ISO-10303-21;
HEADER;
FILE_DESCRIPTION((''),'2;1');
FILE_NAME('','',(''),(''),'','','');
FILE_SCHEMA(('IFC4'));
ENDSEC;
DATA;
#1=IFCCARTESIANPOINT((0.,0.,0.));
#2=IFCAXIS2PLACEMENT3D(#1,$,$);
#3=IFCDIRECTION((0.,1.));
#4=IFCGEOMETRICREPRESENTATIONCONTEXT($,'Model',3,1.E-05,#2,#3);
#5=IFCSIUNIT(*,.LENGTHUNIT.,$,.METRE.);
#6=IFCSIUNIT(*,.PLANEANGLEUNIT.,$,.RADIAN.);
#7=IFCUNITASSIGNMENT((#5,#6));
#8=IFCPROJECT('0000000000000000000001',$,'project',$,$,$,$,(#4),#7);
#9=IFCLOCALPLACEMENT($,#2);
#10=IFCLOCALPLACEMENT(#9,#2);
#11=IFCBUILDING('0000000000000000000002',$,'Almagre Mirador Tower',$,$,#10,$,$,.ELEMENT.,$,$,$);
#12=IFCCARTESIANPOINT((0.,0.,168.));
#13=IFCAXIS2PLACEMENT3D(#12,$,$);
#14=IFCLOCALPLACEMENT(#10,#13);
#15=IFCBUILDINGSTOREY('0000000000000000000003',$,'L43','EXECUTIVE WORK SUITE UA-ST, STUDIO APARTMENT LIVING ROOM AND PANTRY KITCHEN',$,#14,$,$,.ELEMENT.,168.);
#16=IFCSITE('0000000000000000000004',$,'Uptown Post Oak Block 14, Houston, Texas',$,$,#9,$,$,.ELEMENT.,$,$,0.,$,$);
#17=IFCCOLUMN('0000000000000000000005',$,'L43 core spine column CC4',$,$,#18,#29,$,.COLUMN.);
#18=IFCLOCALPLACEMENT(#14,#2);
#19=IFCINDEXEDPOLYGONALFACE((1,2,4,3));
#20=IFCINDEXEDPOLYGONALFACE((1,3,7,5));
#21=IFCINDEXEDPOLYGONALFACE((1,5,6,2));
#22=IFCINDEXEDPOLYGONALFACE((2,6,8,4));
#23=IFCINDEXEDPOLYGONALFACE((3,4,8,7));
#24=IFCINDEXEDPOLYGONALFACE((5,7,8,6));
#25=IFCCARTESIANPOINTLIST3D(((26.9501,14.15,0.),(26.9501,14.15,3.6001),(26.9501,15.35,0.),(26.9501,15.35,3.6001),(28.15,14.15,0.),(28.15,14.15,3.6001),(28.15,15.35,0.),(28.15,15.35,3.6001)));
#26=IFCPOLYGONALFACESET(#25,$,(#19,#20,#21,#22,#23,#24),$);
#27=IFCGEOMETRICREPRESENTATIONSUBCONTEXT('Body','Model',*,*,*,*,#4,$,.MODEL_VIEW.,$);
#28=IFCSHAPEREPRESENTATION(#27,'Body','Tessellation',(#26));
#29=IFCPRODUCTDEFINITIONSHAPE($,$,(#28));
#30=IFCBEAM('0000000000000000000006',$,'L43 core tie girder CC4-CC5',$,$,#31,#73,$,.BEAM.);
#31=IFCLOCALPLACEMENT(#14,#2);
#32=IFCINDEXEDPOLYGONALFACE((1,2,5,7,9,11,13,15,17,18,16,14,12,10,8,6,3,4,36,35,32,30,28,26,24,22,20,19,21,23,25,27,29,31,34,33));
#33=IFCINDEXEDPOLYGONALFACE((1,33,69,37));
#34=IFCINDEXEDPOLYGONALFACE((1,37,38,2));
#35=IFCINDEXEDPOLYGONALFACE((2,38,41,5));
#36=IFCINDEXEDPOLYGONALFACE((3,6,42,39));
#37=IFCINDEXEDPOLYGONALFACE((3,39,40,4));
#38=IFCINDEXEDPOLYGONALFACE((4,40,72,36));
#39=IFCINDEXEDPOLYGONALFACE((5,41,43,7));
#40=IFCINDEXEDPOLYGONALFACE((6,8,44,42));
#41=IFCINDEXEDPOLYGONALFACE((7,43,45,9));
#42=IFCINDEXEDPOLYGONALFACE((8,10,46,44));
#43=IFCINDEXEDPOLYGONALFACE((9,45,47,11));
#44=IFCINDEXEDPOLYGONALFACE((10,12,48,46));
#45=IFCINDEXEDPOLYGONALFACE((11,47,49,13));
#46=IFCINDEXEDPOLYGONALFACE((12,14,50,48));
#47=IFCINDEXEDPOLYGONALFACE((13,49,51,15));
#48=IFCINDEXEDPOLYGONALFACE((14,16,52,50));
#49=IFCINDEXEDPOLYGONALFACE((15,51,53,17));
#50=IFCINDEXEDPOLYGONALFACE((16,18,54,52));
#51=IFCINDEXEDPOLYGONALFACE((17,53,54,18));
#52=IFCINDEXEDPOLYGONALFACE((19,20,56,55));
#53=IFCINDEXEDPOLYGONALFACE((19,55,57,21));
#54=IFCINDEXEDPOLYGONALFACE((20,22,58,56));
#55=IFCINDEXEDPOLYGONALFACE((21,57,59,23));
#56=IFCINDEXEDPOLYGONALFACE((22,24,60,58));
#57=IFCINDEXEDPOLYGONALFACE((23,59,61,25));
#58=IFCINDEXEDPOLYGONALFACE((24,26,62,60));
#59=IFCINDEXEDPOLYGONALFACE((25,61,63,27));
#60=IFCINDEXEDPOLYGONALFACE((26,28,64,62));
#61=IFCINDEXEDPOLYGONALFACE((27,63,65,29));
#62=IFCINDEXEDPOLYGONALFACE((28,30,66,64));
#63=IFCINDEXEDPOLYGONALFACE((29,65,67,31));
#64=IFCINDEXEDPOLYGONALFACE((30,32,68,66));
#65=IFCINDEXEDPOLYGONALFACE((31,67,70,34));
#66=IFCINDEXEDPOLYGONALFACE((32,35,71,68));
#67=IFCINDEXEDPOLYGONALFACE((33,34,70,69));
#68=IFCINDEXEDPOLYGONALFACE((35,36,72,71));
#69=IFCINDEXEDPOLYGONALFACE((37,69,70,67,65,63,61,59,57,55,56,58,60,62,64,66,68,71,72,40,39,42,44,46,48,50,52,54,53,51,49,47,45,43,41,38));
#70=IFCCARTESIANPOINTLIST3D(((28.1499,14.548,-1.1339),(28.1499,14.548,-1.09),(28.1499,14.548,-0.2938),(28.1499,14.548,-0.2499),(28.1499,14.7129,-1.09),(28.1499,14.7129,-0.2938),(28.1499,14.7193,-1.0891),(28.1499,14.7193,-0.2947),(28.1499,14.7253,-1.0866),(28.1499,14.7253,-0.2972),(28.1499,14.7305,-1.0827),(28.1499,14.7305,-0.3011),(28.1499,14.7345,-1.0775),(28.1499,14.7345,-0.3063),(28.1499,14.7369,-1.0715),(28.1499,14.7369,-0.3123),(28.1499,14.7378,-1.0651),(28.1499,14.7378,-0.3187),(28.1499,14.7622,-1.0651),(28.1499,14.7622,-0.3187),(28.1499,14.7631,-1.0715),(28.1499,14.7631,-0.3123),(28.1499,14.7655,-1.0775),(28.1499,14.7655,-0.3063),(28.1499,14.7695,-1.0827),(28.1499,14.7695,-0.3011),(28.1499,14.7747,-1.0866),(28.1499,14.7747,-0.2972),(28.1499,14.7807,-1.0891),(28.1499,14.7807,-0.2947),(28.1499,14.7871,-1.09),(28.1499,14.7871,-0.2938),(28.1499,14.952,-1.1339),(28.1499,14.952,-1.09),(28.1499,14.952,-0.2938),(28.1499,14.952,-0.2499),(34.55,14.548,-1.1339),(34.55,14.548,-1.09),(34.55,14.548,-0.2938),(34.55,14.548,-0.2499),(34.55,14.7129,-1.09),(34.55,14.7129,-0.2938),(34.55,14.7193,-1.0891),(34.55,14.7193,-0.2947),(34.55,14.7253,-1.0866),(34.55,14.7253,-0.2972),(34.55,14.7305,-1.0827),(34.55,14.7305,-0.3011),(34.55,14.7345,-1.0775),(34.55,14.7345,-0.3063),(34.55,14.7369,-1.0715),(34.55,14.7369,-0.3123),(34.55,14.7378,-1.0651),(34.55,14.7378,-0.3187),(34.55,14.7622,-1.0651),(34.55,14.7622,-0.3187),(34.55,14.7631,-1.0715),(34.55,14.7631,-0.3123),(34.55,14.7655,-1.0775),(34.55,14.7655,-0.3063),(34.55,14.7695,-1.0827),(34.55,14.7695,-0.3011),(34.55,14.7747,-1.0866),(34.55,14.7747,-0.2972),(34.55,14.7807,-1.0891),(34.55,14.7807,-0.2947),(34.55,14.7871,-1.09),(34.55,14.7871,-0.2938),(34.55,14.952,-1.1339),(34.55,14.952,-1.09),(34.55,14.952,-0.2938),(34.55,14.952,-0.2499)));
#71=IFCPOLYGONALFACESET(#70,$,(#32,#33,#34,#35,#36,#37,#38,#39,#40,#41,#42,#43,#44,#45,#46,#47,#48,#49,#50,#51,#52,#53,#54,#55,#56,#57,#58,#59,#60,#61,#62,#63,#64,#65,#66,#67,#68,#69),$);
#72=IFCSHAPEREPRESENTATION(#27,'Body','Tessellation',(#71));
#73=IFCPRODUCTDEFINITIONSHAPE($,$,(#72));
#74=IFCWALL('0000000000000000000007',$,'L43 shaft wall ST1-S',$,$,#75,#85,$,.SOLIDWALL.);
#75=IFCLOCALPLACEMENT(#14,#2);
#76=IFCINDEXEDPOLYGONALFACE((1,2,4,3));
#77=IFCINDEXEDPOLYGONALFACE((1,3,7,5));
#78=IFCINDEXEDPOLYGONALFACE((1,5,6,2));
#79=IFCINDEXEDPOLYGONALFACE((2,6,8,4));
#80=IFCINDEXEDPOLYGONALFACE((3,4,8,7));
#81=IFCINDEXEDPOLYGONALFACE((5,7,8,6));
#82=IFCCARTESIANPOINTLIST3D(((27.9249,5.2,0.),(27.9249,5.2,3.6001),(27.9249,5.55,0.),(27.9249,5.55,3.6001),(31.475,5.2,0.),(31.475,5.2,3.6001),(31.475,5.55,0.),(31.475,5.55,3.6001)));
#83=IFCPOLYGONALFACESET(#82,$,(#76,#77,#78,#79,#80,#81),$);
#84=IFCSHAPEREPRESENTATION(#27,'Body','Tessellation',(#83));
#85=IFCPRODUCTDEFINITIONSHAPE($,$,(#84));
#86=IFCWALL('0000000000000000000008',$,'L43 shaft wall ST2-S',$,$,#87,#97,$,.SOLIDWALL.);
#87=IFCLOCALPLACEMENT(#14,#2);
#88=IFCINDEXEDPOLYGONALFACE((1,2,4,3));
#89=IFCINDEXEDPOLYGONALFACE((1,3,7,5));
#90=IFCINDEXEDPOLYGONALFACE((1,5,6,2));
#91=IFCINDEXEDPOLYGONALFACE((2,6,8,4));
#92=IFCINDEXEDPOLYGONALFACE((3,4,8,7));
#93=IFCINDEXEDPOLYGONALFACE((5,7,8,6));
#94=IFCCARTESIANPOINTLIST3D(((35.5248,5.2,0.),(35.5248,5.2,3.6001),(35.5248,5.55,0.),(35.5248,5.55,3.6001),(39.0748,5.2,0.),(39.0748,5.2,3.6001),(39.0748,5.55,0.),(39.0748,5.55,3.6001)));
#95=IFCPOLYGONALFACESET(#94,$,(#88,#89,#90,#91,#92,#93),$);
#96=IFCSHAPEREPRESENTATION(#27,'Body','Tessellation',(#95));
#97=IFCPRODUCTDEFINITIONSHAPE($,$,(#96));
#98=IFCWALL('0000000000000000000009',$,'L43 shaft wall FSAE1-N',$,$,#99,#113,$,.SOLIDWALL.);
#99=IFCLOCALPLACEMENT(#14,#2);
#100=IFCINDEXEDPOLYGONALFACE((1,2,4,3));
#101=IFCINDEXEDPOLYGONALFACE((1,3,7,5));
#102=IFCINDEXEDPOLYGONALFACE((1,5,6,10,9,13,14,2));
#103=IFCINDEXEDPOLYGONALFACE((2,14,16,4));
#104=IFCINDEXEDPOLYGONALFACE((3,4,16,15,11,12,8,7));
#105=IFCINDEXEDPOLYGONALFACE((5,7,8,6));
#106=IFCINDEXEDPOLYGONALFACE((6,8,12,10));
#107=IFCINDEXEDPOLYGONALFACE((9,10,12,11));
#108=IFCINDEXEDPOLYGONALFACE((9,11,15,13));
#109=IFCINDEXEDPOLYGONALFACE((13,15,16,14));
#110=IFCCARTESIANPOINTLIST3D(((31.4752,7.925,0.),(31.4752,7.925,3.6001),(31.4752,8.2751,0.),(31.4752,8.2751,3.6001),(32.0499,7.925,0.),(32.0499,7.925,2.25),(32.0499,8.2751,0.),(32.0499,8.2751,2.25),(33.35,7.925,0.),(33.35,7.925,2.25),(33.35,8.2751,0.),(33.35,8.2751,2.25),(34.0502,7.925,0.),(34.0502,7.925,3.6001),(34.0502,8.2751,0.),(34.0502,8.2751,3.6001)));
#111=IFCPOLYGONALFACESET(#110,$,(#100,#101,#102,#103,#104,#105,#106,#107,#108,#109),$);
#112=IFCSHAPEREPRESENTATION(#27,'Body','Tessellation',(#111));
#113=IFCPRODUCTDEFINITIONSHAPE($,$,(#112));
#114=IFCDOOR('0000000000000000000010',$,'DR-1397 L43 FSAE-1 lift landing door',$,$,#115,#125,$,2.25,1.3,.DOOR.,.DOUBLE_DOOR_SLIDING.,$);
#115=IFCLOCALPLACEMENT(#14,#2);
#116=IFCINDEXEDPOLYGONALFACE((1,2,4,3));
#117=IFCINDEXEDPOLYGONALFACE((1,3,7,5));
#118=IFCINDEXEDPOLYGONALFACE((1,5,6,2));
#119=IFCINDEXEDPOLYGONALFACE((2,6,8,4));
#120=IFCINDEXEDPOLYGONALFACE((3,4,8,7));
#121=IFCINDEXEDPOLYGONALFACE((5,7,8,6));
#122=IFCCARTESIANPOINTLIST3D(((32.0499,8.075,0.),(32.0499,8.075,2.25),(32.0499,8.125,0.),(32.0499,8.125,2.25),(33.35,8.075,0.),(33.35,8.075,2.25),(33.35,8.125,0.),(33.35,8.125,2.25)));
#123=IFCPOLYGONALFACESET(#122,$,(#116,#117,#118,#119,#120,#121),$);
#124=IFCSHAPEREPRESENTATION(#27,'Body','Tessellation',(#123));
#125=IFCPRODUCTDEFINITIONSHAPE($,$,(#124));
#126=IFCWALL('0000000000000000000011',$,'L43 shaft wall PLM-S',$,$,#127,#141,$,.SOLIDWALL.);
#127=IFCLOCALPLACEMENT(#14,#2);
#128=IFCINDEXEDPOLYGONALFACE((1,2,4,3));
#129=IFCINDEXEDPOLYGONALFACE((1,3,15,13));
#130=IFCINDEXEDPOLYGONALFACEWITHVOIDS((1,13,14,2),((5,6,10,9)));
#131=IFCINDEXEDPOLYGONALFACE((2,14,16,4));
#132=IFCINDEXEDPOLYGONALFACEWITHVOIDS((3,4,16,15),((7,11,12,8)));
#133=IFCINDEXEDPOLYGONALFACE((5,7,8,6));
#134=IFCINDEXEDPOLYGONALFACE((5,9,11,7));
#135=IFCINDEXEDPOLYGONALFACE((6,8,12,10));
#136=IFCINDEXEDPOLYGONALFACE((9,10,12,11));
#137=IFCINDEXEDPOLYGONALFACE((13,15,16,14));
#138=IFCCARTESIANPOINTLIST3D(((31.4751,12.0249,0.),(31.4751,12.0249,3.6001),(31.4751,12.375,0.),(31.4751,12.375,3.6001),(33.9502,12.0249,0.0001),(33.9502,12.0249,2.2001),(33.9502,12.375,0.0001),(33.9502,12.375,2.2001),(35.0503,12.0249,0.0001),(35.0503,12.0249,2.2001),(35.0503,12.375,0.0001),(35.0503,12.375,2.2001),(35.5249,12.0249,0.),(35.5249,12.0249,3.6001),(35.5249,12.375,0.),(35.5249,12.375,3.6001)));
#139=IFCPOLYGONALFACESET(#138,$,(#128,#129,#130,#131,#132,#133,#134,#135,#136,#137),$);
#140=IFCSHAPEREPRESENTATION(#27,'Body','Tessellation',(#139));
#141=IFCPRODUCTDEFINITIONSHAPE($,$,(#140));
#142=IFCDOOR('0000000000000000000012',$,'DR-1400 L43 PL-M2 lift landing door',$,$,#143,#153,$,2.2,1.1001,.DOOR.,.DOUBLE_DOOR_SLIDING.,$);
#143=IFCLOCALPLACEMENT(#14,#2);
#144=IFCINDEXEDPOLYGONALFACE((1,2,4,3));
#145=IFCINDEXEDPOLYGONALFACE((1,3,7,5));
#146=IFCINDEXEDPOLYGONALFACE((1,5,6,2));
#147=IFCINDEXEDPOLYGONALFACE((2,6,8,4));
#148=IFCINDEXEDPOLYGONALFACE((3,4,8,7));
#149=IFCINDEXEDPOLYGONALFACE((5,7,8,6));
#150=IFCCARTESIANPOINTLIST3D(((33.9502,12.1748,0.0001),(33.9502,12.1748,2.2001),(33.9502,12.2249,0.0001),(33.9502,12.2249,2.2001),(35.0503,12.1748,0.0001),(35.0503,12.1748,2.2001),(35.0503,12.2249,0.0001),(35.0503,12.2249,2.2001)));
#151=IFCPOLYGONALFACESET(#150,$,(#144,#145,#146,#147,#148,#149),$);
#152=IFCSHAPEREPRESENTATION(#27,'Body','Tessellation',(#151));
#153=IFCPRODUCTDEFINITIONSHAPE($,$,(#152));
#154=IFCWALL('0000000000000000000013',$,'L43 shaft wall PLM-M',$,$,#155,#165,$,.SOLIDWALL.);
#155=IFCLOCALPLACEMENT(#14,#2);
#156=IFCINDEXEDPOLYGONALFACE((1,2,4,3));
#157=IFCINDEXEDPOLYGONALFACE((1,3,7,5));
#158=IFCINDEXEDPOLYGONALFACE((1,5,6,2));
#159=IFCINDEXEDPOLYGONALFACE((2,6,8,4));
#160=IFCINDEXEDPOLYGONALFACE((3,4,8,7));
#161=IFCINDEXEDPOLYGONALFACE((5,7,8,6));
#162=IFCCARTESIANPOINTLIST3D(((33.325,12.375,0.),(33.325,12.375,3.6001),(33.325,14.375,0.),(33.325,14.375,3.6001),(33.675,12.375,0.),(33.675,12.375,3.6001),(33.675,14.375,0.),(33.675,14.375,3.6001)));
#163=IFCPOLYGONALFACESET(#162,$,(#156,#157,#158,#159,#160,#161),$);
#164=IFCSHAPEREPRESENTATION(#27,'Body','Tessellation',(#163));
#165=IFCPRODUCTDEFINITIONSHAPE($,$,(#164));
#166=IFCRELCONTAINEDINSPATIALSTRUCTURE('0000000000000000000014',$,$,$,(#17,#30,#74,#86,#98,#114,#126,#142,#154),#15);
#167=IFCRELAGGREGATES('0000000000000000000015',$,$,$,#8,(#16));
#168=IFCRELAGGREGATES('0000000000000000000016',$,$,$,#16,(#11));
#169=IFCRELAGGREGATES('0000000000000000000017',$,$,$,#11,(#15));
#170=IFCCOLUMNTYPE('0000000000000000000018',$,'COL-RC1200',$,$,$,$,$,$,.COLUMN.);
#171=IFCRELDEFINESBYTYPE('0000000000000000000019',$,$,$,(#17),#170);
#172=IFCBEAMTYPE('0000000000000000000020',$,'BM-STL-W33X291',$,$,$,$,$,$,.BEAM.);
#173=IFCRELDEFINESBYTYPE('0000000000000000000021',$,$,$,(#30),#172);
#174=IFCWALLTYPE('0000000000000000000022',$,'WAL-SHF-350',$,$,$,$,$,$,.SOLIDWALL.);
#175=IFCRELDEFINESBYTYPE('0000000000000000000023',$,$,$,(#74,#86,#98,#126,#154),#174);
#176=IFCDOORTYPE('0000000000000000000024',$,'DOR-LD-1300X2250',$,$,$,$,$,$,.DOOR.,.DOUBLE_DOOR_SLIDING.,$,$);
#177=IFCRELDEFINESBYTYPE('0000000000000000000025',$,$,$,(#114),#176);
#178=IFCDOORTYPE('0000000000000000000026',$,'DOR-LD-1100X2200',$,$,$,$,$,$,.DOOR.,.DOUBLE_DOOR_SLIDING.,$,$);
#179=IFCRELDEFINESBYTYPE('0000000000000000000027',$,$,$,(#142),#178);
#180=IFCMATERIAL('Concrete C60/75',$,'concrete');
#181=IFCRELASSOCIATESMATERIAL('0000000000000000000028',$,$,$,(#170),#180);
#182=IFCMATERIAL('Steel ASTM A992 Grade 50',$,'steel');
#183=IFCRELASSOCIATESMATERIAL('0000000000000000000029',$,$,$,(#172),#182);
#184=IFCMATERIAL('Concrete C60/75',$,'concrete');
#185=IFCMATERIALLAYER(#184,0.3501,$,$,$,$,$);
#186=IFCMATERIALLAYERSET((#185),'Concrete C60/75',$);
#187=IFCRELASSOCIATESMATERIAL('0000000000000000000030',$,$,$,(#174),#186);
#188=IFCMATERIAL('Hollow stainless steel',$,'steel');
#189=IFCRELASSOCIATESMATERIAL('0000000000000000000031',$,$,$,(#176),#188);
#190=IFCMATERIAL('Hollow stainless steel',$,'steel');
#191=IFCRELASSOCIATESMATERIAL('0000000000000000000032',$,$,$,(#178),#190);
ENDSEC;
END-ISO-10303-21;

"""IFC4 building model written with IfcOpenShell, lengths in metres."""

from ifc_helpers import new_model, si_unit, direction, frame, frame_2d, origin, origin_2d, place, context, subcontext, project, spatial, rectangle, i_section, extrude, material, layer, layer_set, material_profile, profile_set, type_object, element, fill, save


model = new_model("IFC4")

# Units and contexts
model_context = context("Model", 3, precision=1e-05, world=origin(), true_north=direction((0.0, 1.0)))
body_context = subcontext(model_context, "Body", "Model", "MODEL_VIEW")
ifc_project = project(units=[si_unit("LENGTHUNIT", "METRE"), si_unit("PLANEANGLEUNIT", "RADIAN")], contexts=[model_context])

# Site, building, storey
site_placement = place(None, origin())
site = spatial("IfcSite", under=ifc_project, at=site_placement, Name="Uptown Post Oak Block 14, Houston, Texas", CompositionType="ELEMENT", RefElevation=0.0)
building_placement = place(site_placement, origin())
building = spatial("IfcBuilding", under=site, at=building_placement, Name="Almagre Mirador Tower", CompositionType="ELEMENT")
storey_placement = place(building_placement, frame((0.0, 0.0, 168.0)))
storey = spatial("IfcBuildingStorey", under=building, at=storey_placement, Name="L43", Description="EXECUTIVE WORK SUITE UA-ST, STUDIO APARTMENT LIVING ROOM AND PANTRY KITCHEN", CompositionType="ELEMENT", Elevation=168.0)

# Column
ifc_material_1 = material(Name="Concrete C60/75", Category="concrete")
ifc_material_profile_1 = material_profile(ifc_material_1, rectangle(XDim=1.2, YDim=1.2, at=origin_2d()), Name="RC1200X1200")
ifc_profile_set_1 = profile_set([ifc_material_profile_1], Name="Concrete C60/75")
column_type = type_object("IfcColumnType", Name="COL-RC1200", PredefinedType="COLUMN", material=ifc_profile_set_1)
column_placement = place(storey_placement, frame((27.55, 14.75, 0.0), z_axis=(0.0, 0.0, 1.0), x_axis=(1.0, 0.0, 0.0)))
element("IfcColumn", 1, at=column_placement, inside=storey, type_object=column_type, Name="L43 core spine column CC4", PredefinedType="COLUMN", context=body_context, shape_type="SweptSolid", body=[
    extrude(rectangle(XDim=1.2, YDim=1.2, at=origin_2d()), origin(), (0.0, 0.0, 1.0), 3.6001),
])

# Beam
ifc_material_2 = material(Name="Steel ASTM A992 Grade 50", Category="steel")
ifc_material_profile_2 = material_profile(ifc_material_2, i_section(OverallWidth=0.4041, OverallDepth=0.884, WebThickness=0.0244, FlangeThickness=0.0439, FilletRadius=0.0249, at=origin_2d()), Name="W33X291")
ifc_profile_set_2 = profile_set([ifc_material_profile_2], Name="Steel ASTM A992 Grade 50")
beam_type = type_object("IfcBeamType", Name="BM-STL-W33X291", PredefinedType="BEAM", material=ifc_profile_set_2)
beam_placement = place(storey_placement, frame((28.1499, 14.75, -0.6919), z_axis=(1.0, 0.0, 0.0), x_axis=(0.0, 1.0, 0.0)))
element("IfcBeam", 2, at=beam_placement, inside=storey, type_object=beam_type, Name="L43 core tie girder CC4-CC5", PredefinedType="BEAM", context=body_context, shape_type="SweptSolid", body=[
    extrude(i_section(OverallWidth=0.4041, OverallDepth=0.884, WebThickness=0.0244, FlangeThickness=0.0439, FilletRadius=0.0249, at=origin_2d()), origin(), (0.0, 0.0, 1.0), 6.4001),
])

# Walls
ifc_material_3 = material(Name="Concrete C60/75", Category="concrete")
ifc_layer_1 = layer(ifc_material_3, 0.3501)
ifc_layer_set_1 = layer_set([ifc_layer_1], Name="Concrete C60/75")
wall_type_1 = type_object("IfcWallType", Name="WAL-SHF-350", PredefinedType="SOLIDWALL", material=ifc_layer_set_1)
for number, where, z_axis, x_axis, name in (
    (3, (27.925, 5.375, 0.0), (0.0, 0.0, 1.0), (1.0, 0.0, 0.0), "L43 shaft wall ST1-S"),
    (4, (35.5249, 5.375, 0.0), (0.0, 0.0, 1.0), (1.0, 0.0, 0.0), "L43 shaft wall ST2-S"),
):
    element("IfcWall", number, at=place(storey_placement, frame(where, z_axis=z_axis, x_axis=x_axis)), inside=storey, type_object=wall_type_1, Name=name, PredefinedType="SOLIDWALL", context=body_context, shape_type="SweptSolid", body=[
        extrude(rectangle(XDim=3.55, YDim=0.3501, at=frame_2d((1.7749, 0.0))), origin(), (0.0, 0.0, 1.0), 3.6001),
    ])

# Walls, openings, doors
wall_1_placement = place(storey_placement, frame((31.4751, 8.1001, 0.0), z_axis=(0.0, 0.0, 1.0), x_axis=(1.0, 0.0, 0.0)))
wall_1 = element("IfcWall", 5, at=wall_1_placement, inside=storey, type_object=wall_type_1, Name="L43 shaft wall FSAE1-N", PredefinedType="SOLIDWALL", context=body_context, shape_type="SweptSolid", body=[
    extrude(rectangle(XDim=2.575, YDim=0.3501, at=frame_2d((1.2876, 0.0))), origin(), (0.0, 0.0, 1.0), 3.6001),
])
opening_1_placement = place(wall_1_placement, frame((0.575, 0.0, 0.0)))
opening_1 = element("IfcOpeningElement", 6, at=opening_1_placement, cuts=wall_1, PredefinedType="OPENING", context=body_context, shape_type="SweptSolid", body=[
    extrude(rectangle(XDim=1.3, YDim=2.25, at=frame_2d((0.6499, 1.125))), frame((0.0, 0.185, 0.0), z_axis=(0.0, -1.0, 0.0), x_axis=(1.0, 0.0, 0.0)), (0.0, 0.0, 1.0), 0.3701),
])
ifc_material_4 = material(Name="Hollow stainless steel", Category="steel")
door_type_1 = type_object("IfcDoorType", Name="DOR-LD-1300X2250", OperationType="DOUBLE_DOOR_SLIDING", PredefinedType="DOOR", material=ifc_material_4)
door_1_placement = place(opening_1_placement, origin())
door_1 = element("IfcDoor", 7, at=door_1_placement, inside=storey, type_object=door_type_1, Name="DR-1397 L43 FSAE-1 lift landing door", OperationType="DOUBLE_DOOR_SLIDING", OverallHeight=2.25, OverallWidth=1.3, PredefinedType="DOOR", context=body_context, shape_type="SweptSolid", body=[
    extrude(rectangle(XDim=1.3, YDim=2.25, at=frame_2d((0.6499, 1.125))), frame((0.0, 0.0249, 0.0), z_axis=(0.0, -1.0, 0.0), x_axis=(1.0, 0.0, 0.0)), (0.0, 0.0, 1.0), 0.05),
])
fill(opening_1, door_1)
wall_2_placement = place(storey_placement, frame((31.4751, 12.2, 0.0), z_axis=(0.0, 0.0, 1.0), x_axis=(1.0, 0.0, 0.0)))
wall_2 = element("IfcWall", 8, at=wall_2_placement, inside=storey, type_object=wall_type_1, Name="L43 shaft wall PLM-S", PredefinedType="SOLIDWALL", context=body_context, shape_type="SweptSolid", body=[
    extrude(rectangle(XDim=4.0498, YDim=0.3501, at=frame_2d((2.0249, 0.0))), origin(), (0.0, 0.0, 1.0), 3.6001),
])
opening_2_placement = place(wall_2_placement, frame((2.4751, 0.0, 0.0)))
opening_2 = element("IfcOpeningElement", 9, at=opening_2_placement, cuts=wall_2, PredefinedType="OPENING", context=body_context, shape_type="SweptSolid", body=[
    extrude(rectangle(XDim=1.1001, YDim=2.2, at=frame_2d((0.55, 1.1001))), frame((0.0, 0.185, 0.0), z_axis=(0.0, -1.0, 0.0), x_axis=(1.0, 0.0, 0.0)), (0.0, 0.0, 1.0), 0.3701),
])
ifc_material_5 = material(Name="Hollow stainless steel", Category="steel")
door_type_2 = type_object("IfcDoorType", Name="DOR-LD-1100X2200", OperationType="DOUBLE_DOOR_SLIDING", PredefinedType="DOOR", material=ifc_material_5)
door_2_placement = place(opening_2_placement, origin())
door_2 = element("IfcDoor", 10, at=door_2_placement, inside=storey, type_object=door_type_2, Name="DR-1400 L43 PL-M2 lift landing door", OperationType="DOUBLE_DOOR_SLIDING", OverallHeight=2.2, OverallWidth=1.1001, PredefinedType="DOOR", context=body_context, shape_type="SweptSolid", body=[
    extrude(rectangle(XDim=1.1001, YDim=2.2, at=frame_2d((0.55, 1.1001))), frame((0.0, 0.0249, 0.0), z_axis=(0.0, -1.0, 0.0), x_axis=(1.0, 0.0, 0.0)), (0.0, 0.0, 1.0), 0.05),
])
fill(opening_2, door_2)

# Wall
wall_3_placement = place(storey_placement, frame((33.5, 12.375, 0.0), z_axis=(0.0, 0.0, 1.0), x_axis=(0.0, 1.0, 0.0)))
element("IfcWall", 11, at=wall_3_placement, inside=storey, type_object=wall_type_1, Name="L43 shaft wall PLM-M", PredefinedType="SOLIDWALL", context=body_context, shape_type="SweptSolid", body=[
    extrude(rectangle(XDim=2.0, YDim=0.3501, at=frame_2d((1.0, 0.0))), origin(), (0.0, 0.0, 1.0), 3.6001),
])

save(model, "model.ifc")
